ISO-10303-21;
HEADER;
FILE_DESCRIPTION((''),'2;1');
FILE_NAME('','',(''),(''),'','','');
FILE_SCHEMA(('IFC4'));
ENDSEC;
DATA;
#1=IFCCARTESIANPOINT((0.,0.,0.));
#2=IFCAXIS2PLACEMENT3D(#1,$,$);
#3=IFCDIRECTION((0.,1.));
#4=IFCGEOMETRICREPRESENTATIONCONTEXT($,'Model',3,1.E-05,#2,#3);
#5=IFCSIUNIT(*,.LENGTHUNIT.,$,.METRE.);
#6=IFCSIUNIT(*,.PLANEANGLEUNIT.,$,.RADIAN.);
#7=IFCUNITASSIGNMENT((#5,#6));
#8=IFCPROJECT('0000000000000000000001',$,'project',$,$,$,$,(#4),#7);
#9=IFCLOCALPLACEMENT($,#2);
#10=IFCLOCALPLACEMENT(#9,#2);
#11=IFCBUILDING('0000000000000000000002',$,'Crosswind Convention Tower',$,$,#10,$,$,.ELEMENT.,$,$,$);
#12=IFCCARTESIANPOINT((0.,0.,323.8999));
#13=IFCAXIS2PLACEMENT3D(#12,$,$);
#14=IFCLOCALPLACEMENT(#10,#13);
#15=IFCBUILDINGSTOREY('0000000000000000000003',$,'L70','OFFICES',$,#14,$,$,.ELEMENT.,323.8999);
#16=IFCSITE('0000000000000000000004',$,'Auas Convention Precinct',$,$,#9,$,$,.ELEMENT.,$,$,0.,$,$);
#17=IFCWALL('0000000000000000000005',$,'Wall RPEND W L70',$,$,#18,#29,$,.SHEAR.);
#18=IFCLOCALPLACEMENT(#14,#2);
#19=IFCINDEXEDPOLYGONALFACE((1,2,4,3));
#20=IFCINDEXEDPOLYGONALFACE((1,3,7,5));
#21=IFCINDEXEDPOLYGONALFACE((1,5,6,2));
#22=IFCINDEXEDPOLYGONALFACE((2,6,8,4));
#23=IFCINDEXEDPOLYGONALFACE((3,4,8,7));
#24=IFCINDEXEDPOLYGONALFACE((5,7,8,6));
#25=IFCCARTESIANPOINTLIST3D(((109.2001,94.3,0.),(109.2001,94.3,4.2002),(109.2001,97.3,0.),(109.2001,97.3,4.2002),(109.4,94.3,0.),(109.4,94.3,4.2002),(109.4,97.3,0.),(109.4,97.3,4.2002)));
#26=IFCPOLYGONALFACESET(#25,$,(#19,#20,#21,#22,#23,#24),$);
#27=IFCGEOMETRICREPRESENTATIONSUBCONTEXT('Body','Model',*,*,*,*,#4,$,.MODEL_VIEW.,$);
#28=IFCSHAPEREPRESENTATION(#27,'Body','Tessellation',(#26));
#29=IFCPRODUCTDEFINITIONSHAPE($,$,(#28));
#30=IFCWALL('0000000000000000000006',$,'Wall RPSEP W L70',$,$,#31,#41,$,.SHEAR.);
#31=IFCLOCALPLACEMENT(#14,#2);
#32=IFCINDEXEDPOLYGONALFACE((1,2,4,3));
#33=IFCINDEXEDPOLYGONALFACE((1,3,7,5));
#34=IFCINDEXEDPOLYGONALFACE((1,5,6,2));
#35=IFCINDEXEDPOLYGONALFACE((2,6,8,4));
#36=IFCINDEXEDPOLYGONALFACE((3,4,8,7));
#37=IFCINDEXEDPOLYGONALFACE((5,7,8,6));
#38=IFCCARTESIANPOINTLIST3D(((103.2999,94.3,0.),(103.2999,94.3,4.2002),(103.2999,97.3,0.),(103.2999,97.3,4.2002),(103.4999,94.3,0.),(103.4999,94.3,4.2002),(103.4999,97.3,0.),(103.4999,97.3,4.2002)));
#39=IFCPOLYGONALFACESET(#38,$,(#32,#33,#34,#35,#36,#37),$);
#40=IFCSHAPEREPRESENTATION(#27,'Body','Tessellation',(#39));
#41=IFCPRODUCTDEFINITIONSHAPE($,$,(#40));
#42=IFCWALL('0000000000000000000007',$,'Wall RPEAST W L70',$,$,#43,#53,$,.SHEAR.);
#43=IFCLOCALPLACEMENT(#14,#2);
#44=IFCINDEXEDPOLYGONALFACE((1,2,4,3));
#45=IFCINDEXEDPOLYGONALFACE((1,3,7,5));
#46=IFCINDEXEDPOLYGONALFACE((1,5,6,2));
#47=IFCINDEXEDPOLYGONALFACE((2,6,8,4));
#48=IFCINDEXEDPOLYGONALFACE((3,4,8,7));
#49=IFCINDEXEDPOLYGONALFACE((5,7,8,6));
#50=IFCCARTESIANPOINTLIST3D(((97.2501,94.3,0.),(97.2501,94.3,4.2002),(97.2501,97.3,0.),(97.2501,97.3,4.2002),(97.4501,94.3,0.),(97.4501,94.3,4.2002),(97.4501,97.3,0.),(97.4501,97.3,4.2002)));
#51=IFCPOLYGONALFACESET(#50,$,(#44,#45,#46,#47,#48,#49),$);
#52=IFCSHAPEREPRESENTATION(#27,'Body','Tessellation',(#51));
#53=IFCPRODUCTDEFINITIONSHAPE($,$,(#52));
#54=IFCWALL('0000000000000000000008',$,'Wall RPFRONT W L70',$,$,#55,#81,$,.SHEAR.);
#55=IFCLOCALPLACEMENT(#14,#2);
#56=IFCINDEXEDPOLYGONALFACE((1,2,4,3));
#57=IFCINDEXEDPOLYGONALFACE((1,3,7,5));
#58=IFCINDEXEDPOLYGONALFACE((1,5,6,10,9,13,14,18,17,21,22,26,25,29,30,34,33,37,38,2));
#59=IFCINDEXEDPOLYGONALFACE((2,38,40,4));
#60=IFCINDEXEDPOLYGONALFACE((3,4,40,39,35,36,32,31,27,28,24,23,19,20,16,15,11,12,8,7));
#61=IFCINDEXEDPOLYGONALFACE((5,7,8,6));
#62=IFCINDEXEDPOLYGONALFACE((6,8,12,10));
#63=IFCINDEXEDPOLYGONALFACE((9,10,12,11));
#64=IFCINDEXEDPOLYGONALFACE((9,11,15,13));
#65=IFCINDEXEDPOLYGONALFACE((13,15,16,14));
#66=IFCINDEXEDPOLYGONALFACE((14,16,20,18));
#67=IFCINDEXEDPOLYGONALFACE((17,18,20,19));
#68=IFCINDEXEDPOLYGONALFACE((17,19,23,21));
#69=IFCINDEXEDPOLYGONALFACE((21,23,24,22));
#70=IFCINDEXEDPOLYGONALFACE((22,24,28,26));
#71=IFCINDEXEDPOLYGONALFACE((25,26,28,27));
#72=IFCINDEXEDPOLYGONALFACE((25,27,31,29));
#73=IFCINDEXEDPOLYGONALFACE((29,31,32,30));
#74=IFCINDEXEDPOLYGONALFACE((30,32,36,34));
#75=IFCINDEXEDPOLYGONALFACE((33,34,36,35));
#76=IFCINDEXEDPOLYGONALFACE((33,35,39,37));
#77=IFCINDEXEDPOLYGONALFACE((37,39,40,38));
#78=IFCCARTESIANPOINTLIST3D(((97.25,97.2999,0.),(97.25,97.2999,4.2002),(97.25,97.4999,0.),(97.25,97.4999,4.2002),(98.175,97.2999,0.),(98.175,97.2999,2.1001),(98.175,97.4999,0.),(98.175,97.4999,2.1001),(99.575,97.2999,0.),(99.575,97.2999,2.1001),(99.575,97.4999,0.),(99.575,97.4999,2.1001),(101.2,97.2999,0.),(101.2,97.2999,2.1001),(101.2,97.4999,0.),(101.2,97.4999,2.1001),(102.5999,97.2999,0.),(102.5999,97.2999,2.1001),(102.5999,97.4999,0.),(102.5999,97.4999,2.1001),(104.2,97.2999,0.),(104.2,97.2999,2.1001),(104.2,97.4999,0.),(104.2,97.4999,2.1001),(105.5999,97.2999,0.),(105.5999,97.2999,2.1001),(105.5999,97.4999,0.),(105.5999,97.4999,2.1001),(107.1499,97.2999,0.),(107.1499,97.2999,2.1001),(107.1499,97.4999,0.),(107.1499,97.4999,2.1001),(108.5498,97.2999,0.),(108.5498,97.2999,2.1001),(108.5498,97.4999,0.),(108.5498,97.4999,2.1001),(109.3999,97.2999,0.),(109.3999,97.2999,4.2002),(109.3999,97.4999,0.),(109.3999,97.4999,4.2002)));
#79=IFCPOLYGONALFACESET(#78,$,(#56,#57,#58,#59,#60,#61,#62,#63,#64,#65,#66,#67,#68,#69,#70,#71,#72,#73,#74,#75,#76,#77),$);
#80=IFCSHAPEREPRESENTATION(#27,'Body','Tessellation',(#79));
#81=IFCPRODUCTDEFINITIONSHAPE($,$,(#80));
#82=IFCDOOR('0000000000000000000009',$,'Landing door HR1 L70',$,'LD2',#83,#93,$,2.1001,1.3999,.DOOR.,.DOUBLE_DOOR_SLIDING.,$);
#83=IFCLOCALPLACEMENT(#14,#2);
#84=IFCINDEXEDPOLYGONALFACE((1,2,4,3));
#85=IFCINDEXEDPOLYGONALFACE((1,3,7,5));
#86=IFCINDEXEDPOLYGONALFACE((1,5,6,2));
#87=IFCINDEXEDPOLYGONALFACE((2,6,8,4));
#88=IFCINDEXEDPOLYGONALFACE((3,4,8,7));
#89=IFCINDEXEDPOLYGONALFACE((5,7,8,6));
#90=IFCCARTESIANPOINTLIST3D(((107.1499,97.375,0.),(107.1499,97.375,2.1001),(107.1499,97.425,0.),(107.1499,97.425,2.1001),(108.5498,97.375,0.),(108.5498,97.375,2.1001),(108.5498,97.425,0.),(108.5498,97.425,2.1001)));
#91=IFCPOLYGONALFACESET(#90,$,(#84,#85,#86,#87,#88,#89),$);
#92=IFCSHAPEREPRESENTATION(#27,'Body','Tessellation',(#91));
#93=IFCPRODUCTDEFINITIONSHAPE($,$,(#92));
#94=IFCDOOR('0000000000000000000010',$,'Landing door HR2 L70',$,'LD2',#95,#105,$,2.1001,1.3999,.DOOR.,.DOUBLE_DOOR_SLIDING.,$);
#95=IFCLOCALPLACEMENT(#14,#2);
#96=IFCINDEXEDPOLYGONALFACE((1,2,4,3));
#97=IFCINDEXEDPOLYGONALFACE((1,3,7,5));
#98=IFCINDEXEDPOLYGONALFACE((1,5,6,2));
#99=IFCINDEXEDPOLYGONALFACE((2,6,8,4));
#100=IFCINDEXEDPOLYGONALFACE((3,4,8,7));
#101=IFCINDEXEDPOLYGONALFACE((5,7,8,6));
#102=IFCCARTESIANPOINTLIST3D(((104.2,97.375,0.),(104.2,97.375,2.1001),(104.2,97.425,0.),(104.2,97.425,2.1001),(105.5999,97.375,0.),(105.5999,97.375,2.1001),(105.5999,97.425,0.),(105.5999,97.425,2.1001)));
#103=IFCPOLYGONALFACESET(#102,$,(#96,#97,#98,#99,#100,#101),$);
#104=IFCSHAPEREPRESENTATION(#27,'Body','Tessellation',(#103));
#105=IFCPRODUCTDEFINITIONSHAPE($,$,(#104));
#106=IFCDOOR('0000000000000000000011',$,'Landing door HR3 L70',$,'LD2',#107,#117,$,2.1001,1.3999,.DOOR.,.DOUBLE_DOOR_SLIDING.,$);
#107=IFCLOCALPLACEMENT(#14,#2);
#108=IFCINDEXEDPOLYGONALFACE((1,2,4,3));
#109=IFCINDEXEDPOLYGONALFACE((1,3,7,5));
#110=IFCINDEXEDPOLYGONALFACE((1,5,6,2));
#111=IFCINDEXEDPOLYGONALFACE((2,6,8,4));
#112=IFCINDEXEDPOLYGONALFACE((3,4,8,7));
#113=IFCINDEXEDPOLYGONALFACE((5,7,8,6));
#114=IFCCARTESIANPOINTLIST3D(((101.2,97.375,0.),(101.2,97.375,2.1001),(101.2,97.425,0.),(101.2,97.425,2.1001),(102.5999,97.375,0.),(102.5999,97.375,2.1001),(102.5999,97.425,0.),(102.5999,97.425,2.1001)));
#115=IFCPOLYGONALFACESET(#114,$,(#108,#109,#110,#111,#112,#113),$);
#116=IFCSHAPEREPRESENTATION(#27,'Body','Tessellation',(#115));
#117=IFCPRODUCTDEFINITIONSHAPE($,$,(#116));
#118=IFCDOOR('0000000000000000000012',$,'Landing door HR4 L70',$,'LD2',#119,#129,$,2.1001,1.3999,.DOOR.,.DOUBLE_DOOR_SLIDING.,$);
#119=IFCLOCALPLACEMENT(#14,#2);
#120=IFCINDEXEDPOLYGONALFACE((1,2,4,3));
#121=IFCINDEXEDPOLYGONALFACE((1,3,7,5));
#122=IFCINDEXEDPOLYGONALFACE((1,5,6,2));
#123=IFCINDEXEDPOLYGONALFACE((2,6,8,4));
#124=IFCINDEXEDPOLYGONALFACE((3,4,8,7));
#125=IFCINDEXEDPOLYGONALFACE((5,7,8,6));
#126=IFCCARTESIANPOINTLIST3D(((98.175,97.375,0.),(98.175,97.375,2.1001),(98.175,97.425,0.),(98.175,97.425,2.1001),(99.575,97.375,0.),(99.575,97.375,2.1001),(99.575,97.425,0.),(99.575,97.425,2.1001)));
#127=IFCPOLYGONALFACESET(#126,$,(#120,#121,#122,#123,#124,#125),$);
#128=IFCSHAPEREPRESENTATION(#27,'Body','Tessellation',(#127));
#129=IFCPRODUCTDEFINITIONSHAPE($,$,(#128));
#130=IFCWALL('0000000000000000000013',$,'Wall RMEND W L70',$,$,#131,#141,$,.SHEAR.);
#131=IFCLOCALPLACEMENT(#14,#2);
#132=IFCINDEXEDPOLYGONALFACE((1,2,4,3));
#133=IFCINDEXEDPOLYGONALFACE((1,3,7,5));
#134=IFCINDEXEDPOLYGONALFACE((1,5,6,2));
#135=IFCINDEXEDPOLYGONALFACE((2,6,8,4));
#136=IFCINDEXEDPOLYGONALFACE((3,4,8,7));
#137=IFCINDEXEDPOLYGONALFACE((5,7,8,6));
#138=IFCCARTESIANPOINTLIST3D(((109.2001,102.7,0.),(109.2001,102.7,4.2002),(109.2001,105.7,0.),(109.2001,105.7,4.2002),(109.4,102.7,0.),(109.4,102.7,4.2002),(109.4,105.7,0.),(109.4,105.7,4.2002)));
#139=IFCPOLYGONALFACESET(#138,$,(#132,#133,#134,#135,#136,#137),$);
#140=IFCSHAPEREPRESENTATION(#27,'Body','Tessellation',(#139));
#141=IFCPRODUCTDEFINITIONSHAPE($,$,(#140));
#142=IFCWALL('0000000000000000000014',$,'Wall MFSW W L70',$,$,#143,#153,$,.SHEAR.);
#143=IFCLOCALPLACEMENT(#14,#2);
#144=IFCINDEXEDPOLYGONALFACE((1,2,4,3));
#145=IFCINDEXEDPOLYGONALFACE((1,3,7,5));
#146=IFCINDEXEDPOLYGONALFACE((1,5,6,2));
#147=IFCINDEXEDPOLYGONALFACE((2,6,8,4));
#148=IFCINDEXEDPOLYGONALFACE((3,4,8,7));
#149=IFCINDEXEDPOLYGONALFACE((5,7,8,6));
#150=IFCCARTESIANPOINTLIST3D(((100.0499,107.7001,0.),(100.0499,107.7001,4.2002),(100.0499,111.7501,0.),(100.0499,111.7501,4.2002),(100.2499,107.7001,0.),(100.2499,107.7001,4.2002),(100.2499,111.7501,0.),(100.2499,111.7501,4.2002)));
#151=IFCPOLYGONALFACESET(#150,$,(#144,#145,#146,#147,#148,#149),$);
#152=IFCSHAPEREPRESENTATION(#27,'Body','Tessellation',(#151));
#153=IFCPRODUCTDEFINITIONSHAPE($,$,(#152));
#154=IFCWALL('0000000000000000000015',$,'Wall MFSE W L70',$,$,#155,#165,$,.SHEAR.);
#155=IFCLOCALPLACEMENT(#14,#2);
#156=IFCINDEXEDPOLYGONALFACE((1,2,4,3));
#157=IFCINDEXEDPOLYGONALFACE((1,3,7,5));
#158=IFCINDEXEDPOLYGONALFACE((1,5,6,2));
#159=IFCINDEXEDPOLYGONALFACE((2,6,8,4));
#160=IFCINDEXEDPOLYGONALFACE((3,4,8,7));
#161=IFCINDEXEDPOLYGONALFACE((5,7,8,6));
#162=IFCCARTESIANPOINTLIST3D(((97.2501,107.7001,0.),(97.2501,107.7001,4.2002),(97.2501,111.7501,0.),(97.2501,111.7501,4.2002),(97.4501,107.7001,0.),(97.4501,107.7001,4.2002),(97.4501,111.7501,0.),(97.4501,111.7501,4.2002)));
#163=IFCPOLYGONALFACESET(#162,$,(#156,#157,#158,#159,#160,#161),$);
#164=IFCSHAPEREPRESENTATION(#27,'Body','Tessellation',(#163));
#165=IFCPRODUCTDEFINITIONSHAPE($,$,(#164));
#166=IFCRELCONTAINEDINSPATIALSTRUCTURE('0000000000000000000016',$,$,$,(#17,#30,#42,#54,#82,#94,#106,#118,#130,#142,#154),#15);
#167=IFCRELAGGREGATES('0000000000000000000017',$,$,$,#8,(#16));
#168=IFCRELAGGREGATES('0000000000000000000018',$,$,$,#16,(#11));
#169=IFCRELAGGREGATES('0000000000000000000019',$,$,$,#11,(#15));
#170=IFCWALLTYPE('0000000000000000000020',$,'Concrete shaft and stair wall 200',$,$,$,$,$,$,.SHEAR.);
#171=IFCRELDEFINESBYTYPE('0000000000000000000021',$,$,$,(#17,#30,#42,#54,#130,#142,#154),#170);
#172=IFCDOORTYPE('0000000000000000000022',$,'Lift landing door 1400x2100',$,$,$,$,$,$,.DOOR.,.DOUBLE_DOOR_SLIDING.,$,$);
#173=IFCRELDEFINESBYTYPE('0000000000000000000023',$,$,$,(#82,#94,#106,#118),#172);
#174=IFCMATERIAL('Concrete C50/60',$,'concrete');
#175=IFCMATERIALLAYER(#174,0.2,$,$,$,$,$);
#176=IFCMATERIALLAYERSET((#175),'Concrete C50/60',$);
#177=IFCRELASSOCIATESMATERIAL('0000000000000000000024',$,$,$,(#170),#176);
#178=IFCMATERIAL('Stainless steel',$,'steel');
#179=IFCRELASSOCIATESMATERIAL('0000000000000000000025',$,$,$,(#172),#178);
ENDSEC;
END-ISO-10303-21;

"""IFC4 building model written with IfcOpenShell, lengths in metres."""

from ifc_helpers import new_model, si_unit, direction, frame, frame_2d, origin, place, context, subcontext, project, spatial, rectangle, extrude, material, layer, layer_set, type_object, element, fill, save


model = new_model("IFC4")

# Units and contexts
model_context = context("Model", 3, precision=1e-05, world=origin(), true_north=direction((0.0, 1.0)))
body_context = subcontext(model_context, "Body", "Model", "MODEL_VIEW")
ifc_project = project(units=[si_unit("LENGTHUNIT", "METRE"), si_unit("PLANEANGLEUNIT", "RADIAN")], contexts=[model_context])

# Site, building, storey
site_placement = place(None, origin())
site = spatial("IfcSite", under=ifc_project, at=site_placement, Name="Auas Convention Precinct", CompositionType="ELEMENT", RefElevation=0.0)
building_placement = place(site_placement, origin())
building = spatial("IfcBuilding", under=site, at=building_placement, Name="Crosswind Convention Tower", CompositionType="ELEMENT")
storey_placement = place(building_placement, frame((0.0, 0.0, 323.8999)))
storey = spatial("IfcBuildingStorey", under=building, at=storey_placement, Name="L70", Description="OFFICES", CompositionType="ELEMENT", Elevation=323.8999)

# Walls
ifc_material_1 = material(Name="Concrete C50/60", Category="concrete")
ifc_layer_1 = layer(ifc_material_1, 0.2)
ifc_layer_set_1 = layer_set([ifc_layer_1], Name="Concrete C50/60")
wall_type_1 = type_object("IfcWallType", Name="Concrete shaft and stair wall 200", PredefinedType="SHEAR", material=ifc_layer_set_1)
for number, where, z_axis, x_axis, name in (
    (1, (109.3, 97.3, 0.0), (0.0, 0.0, 1.0), (0.0, -1.0, 0.0), "Wall RPEND W L70"),
    (2, (103.3999, 97.3, 0.0), (0.0, 0.0, 1.0), (0.0, -1.0, 0.0), "Wall RPSEP W L70"),
    (3, (97.3501, 97.3, 0.0), (0.0, 0.0, 1.0), (0.0, -1.0, 0.0), "Wall RPEAST W L70"),
):
    element("IfcWall", number, at=place(storey_placement, frame(where, z_axis=z_axis, x_axis=x_axis)), inside=storey, type_object=wall_type_1, Name=name, PredefinedType="SHEAR", context=body_context, shape_type="SweptSolid", body=[
        extrude(rectangle(XDim=3.0, YDim=0.2, at=frame_2d((1.5, 0.0))), origin(), (0.0, 0.0, 1.0), 4.2002),
    ])

# Wall, openings, doors
wall_1_placement = place(storey_placement, frame((109.3999, 97.3999, 0.0), z_axis=(0.0, 0.0, 1.0), x_axis=(-1.0, 0.0, 0.0)))
wall_1 = element("IfcWall", 4, at=wall_1_placement, inside=storey, type_object=wall_type_1, Name="Wall RPFRONT W L70", PredefinedType="SHEAR", context=body_context, shape_type="SweptSolid", body=[
    extrude(rectangle(XDim=12.1499, YDim=0.2, at=frame_2d((6.075, 0.0))), origin(), (0.0, 0.0, 1.0), 4.2002),
])
opening_1_placement = place(wall_1_placement, frame((0.8501, 0.0, 0.0)))
opening_1 = element("IfcOpeningElement", 5, at=opening_1_placement, cuts=wall_1, PredefinedType="OPENING", context=body_context, shape_type="SweptSolid", body=[
    extrude(rectangle(XDim=1.3999, YDim=2.1001, at=frame_2d((0.7, 1.05))), frame((0.0, 0.1099, 0.0), z_axis=(0.0, -1.0, 0.0), x_axis=(1.0, 0.0, 0.0)), (0.0, 0.0, 1.0), 0.22),
])
opening_2_placement = place(wall_1_placement, frame((3.8, 0.0, 0.0)))
opening_2 = element("IfcOpeningElement", 6, at=opening_2_placement, cuts=wall_1, PredefinedType="OPENING", context=body_context, shape_type="SweptSolid", body=[
    extrude(rectangle(XDim=1.3999, YDim=2.1001, at=frame_2d((0.7, 1.05))), frame((0.0, 0.1099, 0.0), z_axis=(0.0, -1.0, 0.0), x_axis=(1.0, 0.0, 0.0)), (0.0, 0.0, 1.0), 0.22),
])
opening_3_placement = place(wall_1_placement, frame((6.8, 0.0, 0.0)))
opening_3 = element("IfcOpeningElement", 7, at=opening_3_placement, cuts=wall_1, PredefinedType="OPENING", context=body_context, shape_type="SweptSolid", body=[
    extrude(rectangle(XDim=1.3999, YDim=2.1001, at=frame_2d((0.7, 1.05))), frame((0.0, 0.1099, 0.0), z_axis=(0.0, -1.0, 0.0), x_axis=(1.0, 0.0, 0.0)), (0.0, 0.0, 1.0), 0.22),
])
opening_4_placement = place(wall_1_placement, frame((9.825, 0.0, 0.0)))
opening_4 = element("IfcOpeningElement", 8, at=opening_4_placement, cuts=wall_1, PredefinedType="OPENING", context=body_context, shape_type="SweptSolid", body=[
    extrude(rectangle(XDim=1.3999, YDim=2.1001, at=frame_2d((0.7, 1.05))), frame((0.0, 0.1099, 0.0), z_axis=(0.0, -1.0, 0.0), x_axis=(1.0, 0.0, 0.0)), (0.0, 0.0, 1.0), 0.22),
])
ifc_material_2 = material(Name="Stainless steel", Category="steel")
door_type_1 = type_object("IfcDoorType", Name="Lift landing door 1400x2100", OperationType="DOUBLE_DOOR_SLIDING", PredefinedType="DOOR", material=ifc_material_2)
door_1_placement = place(opening_1_placement, origin())
door_1 = element("IfcDoor", 9, at=door_1_placement, inside=storey, type_object=door_type_1, Name="Landing door HR1 L70", ObjectType="LD2", OperationType="DOUBLE_DOOR_SLIDING", OverallHeight=2.1001, OverallWidth=1.3999, PredefinedType="DOOR", context=body_context, shape_type="SweptSolid", body=[
    extrude(rectangle(XDim=1.3999, YDim=2.1001, at=frame_2d((0.7, 1.05))), frame((0.0, 0.0249, 0.0), z_axis=(0.0, -1.0, 0.0), x_axis=(1.0, 0.0, 0.0)), (0.0, 0.0, 1.0), 0.05),
])
fill(opening_1, door_1)
door_2_placement = place(opening_2_placement, origin())
door_2 = element("IfcDoor", 10, at=door_2_placement, inside=storey, type_object=door_type_1, Name="Landing door HR2 L70", ObjectType="LD2", OperationType="DOUBLE_DOOR_SLIDING", OverallHeight=2.1001, OverallWidth=1.3999, PredefinedType="DOOR", context=body_context, shape_type="SweptSolid", body=[
    extrude(rectangle(XDim=1.3999, YDim=2.1001, at=frame_2d((0.7, 1.05))), frame((0.0, 0.0249, 0.0), z_axis=(0.0, -1.0, 0.0), x_axis=(1.0, 0.0, 0.0)), (0.0, 0.0, 1.0), 0.05),
])
fill(opening_2, door_2)
door_3_placement = place(opening_3_placement, origin())
door_3 = element("IfcDoor", 11, at=door_3_placement, inside=storey, type_object=door_type_1, Name="Landing door HR3 L70", ObjectType="LD2", OperationType="DOUBLE_DOOR_SLIDING", OverallHeight=2.1001, OverallWidth=1.3999, PredefinedType="DOOR", context=body_context, shape_type="SweptSolid", body=[
    extrude(rectangle(XDim=1.3999, YDim=2.1001, at=frame_2d((0.7, 1.05))), frame((0.0, 0.0249, 0.0), z_axis=(0.0, -1.0, 0.0), x_axis=(1.0, 0.0, 0.0)), (0.0, 0.0, 1.0), 0.05),
])
fill(opening_3, door_3)
door_4_placement = place(opening_4_placement, origin())
door_4 = element("IfcDoor", 12, at=door_4_placement, inside=storey, type_object=door_type_1, Name="Landing door HR4 L70", ObjectType="LD2", OperationType="DOUBLE_DOOR_SLIDING", OverallHeight=2.1001, OverallWidth=1.3999, PredefinedType="DOOR", context=body_context, shape_type="SweptSolid", body=[
    extrude(rectangle(XDim=1.3999, YDim=2.1001, at=frame_2d((0.7, 1.05))), frame((0.0, 0.0249, 0.0), z_axis=(0.0, -1.0, 0.0), x_axis=(1.0, 0.0, 0.0)), (0.0, 0.0, 1.0), 0.05),
])
fill(opening_4, door_4)

# Walls
wall_2_placement = place(storey_placement, frame((109.3, 105.7, 0.0), z_axis=(0.0, 0.0, 1.0), x_axis=(0.0, -1.0, 0.0)))
element("IfcWall", 13, at=wall_2_placement, inside=storey, type_object=wall_type_1, Name="Wall RMEND W L70", PredefinedType="SHEAR", context=body_context, shape_type="SweptSolid", body=[
    extrude(rectangle(XDim=3.0, YDim=0.2, at=frame_2d((1.5, 0.0))), origin(), (0.0, 0.0, 1.0), 4.2002),
])
for number, where, z_axis, x_axis, name in (
    (14, (100.1499, 111.75, 0.0), (0.0, 0.0, 1.0), (0.0, -1.0, 0.0), "Wall MFSW W L70"),
    (15, (97.3501, 111.75, 0.0), (0.0, 0.0, 1.0), (0.0, -1.0, 0.0), "Wall MFSE W L70"),
):
    element("IfcWall", number, at=place(storey_placement, frame(where, z_axis=z_axis, x_axis=x_axis)), inside=storey, type_object=wall_type_1, Name=name, PredefinedType="SHEAR", context=body_context, shape_type="SweptSolid", body=[
        extrude(rectangle(XDim=4.05, YDim=0.2, at=frame_2d((2.0249, 0.0))), origin(), (0.0, 0.0, 1.0), 4.2002),
    ])

save(model, "model.ifc")
